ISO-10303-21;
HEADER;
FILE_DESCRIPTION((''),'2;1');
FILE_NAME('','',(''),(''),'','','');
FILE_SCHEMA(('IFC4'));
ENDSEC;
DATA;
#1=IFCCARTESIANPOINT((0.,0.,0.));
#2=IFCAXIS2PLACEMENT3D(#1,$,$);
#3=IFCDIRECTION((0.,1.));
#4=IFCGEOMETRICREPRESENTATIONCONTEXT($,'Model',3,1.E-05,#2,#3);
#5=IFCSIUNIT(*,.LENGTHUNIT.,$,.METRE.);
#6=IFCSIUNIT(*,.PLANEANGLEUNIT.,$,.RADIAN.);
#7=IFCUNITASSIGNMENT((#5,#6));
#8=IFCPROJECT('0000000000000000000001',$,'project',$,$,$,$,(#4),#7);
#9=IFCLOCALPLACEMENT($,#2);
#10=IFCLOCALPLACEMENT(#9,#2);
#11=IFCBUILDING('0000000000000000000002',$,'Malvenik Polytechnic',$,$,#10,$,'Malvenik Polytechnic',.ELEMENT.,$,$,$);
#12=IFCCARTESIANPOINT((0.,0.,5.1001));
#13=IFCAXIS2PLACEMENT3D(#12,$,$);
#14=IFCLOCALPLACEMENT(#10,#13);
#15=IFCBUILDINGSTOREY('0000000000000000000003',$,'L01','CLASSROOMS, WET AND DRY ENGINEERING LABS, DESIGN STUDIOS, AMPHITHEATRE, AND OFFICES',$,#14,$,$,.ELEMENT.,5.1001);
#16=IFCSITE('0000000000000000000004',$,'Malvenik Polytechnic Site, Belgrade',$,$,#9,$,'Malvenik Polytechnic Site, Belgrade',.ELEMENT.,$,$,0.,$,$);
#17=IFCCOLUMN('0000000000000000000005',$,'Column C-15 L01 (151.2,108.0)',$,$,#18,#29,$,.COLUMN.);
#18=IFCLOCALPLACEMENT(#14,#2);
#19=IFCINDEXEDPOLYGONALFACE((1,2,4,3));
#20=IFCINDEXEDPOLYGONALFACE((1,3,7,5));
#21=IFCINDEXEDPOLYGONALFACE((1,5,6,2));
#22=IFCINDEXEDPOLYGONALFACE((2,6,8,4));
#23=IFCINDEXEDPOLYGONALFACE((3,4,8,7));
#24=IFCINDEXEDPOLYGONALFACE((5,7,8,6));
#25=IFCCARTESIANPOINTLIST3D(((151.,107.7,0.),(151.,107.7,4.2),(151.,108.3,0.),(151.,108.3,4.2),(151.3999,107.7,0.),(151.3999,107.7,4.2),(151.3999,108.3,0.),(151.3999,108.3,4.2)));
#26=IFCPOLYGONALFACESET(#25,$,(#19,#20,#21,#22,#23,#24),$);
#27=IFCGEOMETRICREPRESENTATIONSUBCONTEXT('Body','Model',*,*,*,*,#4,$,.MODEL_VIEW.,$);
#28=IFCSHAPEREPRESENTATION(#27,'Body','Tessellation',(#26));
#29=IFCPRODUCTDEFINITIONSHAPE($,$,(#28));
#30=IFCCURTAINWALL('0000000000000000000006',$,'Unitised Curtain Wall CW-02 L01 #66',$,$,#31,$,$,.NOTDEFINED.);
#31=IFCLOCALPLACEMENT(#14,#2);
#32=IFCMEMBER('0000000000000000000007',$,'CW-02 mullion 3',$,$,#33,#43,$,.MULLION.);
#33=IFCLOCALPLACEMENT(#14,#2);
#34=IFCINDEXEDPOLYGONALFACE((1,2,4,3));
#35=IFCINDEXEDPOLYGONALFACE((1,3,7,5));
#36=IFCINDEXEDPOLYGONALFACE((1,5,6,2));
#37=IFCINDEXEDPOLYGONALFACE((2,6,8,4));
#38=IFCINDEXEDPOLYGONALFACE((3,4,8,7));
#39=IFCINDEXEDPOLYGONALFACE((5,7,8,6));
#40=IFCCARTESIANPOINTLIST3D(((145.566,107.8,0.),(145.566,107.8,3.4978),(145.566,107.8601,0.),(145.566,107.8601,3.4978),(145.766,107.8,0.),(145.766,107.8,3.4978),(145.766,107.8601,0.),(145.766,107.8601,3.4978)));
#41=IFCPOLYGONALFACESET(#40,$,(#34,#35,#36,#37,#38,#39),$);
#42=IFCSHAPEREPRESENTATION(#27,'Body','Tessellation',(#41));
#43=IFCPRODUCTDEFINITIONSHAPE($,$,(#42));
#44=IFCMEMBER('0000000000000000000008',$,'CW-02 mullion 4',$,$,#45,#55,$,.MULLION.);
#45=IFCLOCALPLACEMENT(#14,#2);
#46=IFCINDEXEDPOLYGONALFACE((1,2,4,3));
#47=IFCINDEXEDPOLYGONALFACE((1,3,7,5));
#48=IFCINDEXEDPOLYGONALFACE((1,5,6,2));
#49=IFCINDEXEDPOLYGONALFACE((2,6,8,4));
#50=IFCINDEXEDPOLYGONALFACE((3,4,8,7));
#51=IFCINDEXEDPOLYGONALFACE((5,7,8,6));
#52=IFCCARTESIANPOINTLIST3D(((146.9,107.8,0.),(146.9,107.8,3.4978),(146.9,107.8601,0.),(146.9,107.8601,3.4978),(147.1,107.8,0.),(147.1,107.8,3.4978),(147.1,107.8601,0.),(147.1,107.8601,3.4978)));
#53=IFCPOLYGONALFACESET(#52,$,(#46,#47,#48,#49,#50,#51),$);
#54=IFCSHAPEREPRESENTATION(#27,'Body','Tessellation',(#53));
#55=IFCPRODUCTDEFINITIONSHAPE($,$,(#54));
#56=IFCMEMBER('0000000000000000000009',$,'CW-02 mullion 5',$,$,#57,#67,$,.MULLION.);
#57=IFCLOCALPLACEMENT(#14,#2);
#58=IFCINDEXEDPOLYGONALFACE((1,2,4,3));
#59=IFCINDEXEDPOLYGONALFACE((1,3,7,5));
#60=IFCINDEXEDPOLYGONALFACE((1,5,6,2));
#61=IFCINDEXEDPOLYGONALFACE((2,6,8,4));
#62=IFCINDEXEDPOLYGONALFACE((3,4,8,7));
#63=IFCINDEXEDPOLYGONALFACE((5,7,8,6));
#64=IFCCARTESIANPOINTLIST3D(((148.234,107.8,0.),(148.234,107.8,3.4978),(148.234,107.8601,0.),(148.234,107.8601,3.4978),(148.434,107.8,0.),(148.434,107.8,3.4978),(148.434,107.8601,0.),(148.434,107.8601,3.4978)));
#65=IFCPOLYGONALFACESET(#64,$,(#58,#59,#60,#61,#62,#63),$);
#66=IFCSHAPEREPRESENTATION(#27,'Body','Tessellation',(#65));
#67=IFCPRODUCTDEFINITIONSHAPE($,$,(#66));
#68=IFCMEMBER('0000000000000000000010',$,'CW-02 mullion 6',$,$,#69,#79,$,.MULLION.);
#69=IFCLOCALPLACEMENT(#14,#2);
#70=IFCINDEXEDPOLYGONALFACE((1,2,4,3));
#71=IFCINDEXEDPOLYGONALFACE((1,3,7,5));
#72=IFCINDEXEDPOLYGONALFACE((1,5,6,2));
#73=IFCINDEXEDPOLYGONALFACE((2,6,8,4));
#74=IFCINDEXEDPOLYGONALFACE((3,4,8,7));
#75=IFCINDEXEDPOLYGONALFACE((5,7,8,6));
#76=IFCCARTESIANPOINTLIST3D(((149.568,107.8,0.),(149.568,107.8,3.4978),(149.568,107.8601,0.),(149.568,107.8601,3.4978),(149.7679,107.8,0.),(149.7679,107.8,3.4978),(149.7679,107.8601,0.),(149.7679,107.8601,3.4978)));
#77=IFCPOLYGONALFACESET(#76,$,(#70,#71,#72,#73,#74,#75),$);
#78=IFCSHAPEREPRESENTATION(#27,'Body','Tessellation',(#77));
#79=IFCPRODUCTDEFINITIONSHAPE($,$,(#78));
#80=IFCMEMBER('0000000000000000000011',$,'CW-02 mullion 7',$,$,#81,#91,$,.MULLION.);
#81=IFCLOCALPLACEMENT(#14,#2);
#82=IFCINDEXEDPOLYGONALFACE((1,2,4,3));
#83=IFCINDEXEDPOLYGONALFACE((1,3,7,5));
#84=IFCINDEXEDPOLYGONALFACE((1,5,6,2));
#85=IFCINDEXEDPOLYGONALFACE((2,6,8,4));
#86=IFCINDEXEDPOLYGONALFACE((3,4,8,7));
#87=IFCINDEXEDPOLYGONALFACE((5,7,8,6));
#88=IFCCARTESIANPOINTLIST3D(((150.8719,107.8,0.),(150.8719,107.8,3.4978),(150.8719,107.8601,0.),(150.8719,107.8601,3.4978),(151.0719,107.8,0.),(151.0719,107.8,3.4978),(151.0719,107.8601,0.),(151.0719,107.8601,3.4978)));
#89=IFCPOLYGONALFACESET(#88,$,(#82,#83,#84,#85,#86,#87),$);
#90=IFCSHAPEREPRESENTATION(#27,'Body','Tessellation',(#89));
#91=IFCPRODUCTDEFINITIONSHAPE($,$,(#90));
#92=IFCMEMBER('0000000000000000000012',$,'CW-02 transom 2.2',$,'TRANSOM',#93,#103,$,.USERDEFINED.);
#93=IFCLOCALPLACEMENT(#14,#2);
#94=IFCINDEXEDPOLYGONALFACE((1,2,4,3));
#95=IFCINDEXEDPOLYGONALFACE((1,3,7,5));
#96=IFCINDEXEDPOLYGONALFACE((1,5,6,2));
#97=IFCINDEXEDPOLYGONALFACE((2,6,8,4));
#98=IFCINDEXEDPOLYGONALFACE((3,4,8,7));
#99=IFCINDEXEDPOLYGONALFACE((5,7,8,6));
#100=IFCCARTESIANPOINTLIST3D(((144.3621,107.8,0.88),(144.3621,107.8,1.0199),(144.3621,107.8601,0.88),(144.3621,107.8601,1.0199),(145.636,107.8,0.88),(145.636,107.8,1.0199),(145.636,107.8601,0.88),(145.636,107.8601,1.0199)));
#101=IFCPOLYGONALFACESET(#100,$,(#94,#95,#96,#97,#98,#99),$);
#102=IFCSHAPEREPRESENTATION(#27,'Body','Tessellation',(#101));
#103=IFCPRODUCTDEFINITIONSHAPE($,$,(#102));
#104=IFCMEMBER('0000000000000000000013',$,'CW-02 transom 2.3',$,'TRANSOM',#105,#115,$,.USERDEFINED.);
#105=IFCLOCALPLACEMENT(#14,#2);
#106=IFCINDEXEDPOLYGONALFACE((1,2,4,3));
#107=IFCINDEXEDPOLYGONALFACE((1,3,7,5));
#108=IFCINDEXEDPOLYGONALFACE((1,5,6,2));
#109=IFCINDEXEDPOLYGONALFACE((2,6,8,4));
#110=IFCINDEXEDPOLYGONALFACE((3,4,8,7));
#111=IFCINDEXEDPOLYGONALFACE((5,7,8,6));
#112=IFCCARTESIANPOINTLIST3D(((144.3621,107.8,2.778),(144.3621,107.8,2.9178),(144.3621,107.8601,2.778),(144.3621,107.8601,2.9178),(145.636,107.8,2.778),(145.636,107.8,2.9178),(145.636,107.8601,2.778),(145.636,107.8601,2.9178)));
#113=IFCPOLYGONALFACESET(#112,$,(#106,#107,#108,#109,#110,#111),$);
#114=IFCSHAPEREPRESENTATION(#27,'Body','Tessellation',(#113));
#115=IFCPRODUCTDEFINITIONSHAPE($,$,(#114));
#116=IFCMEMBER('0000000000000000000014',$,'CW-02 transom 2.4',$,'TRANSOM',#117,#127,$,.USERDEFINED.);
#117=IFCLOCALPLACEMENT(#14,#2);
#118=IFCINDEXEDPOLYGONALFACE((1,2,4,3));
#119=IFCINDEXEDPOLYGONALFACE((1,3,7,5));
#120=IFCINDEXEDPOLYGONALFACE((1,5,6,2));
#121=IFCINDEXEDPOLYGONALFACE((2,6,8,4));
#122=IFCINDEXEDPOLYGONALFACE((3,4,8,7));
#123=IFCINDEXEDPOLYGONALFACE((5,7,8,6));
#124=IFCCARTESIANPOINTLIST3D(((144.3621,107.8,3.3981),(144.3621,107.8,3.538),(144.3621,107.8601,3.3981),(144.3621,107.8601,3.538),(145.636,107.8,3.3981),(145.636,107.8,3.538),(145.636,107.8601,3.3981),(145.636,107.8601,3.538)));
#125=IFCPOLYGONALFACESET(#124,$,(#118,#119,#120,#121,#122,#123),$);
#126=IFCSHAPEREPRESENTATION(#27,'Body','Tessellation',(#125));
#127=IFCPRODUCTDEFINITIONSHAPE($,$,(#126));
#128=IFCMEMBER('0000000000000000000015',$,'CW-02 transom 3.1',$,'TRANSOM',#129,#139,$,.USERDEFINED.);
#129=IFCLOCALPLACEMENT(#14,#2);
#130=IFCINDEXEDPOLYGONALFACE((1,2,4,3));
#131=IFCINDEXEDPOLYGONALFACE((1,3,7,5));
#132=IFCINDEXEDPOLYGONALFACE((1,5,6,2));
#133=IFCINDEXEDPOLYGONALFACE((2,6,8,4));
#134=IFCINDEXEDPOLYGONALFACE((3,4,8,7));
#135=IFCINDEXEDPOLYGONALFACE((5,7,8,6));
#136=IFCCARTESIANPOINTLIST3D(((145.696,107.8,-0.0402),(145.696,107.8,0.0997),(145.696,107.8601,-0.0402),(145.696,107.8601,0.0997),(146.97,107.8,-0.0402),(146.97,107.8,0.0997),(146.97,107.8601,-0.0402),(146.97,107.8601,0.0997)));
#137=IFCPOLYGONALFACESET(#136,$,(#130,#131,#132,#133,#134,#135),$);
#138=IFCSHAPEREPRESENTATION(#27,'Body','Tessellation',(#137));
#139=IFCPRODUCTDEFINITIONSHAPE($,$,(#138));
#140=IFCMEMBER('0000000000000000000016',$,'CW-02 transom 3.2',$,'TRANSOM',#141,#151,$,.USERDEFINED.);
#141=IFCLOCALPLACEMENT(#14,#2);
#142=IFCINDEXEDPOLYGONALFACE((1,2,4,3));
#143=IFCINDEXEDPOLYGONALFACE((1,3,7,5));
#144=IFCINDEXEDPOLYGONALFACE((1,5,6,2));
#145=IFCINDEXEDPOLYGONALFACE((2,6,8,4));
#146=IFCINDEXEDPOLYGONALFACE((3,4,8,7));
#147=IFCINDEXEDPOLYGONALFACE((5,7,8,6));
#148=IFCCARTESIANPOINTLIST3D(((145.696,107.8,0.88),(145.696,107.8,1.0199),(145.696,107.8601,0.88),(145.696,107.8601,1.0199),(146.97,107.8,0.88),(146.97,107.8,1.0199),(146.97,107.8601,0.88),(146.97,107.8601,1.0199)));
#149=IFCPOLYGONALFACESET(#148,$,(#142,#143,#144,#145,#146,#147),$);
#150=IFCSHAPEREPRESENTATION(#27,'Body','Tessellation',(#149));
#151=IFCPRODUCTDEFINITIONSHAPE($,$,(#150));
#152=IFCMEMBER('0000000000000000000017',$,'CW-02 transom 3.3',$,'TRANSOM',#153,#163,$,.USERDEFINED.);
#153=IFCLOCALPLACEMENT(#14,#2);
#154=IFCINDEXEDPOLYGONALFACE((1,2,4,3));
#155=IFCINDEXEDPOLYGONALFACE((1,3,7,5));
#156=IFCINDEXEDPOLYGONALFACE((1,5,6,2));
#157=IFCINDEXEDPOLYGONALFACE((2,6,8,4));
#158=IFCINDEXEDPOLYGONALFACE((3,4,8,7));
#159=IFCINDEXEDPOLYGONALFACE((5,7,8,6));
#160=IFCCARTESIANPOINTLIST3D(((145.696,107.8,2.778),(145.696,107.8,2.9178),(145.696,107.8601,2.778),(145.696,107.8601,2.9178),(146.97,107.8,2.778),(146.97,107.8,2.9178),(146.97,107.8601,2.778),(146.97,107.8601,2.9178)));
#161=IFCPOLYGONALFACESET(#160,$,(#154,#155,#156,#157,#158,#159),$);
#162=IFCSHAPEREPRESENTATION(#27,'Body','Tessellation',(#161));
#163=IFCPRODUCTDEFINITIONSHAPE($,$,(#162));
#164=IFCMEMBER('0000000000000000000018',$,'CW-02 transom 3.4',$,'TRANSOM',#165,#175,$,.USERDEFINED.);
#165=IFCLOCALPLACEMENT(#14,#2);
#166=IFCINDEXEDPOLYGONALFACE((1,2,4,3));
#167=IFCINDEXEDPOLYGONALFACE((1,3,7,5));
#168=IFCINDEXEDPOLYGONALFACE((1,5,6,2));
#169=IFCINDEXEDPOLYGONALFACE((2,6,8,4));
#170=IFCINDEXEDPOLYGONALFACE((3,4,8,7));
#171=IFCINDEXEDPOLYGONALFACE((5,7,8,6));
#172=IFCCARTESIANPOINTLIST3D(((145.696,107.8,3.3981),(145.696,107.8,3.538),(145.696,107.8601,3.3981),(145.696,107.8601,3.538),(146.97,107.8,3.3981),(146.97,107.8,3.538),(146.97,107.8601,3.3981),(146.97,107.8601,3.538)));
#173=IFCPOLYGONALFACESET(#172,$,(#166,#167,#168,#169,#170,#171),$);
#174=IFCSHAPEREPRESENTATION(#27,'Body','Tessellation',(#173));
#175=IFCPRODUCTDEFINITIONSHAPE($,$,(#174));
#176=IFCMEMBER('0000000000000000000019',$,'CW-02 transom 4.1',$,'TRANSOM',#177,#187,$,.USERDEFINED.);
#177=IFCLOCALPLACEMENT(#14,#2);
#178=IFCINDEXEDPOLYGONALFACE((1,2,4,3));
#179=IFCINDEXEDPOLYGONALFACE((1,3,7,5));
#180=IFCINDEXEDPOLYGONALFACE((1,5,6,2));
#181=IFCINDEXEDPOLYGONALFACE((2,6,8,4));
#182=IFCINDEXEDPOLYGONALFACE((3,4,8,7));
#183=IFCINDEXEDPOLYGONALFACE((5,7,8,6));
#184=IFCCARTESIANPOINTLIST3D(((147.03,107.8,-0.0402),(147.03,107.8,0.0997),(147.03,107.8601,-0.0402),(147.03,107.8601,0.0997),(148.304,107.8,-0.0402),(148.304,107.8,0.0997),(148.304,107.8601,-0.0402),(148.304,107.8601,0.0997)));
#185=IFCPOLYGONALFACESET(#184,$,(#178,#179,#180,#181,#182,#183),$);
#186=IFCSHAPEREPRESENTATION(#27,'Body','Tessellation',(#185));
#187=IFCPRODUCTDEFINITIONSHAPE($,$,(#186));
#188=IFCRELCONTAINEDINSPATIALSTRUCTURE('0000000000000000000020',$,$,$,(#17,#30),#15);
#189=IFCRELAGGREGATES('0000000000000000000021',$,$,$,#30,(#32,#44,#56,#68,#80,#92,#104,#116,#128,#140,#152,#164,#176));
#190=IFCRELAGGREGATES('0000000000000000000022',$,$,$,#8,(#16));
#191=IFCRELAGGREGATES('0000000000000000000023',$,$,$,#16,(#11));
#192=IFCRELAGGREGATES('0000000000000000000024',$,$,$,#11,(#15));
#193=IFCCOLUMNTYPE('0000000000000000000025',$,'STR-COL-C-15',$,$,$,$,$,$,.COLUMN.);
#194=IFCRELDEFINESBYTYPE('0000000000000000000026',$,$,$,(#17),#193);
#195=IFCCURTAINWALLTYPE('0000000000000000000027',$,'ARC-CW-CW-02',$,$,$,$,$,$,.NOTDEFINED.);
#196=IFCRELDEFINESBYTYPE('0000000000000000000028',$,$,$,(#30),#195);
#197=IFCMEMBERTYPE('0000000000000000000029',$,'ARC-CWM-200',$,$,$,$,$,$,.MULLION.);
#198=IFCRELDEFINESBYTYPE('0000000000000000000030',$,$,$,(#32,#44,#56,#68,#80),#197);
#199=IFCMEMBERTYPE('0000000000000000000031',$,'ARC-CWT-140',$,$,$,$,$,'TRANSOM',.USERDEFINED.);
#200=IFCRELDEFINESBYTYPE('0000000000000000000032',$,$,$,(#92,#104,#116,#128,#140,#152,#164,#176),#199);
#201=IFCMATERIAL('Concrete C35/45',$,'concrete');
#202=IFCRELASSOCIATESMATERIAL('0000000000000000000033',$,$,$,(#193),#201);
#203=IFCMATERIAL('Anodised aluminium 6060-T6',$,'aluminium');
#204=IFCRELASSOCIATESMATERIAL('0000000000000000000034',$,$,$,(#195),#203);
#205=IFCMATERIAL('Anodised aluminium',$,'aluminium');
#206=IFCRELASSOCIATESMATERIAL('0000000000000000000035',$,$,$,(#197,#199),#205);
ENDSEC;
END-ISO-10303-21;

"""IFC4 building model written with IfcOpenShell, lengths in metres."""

from ifc_helpers import new_model, si_unit, direction, frame, origin, origin_2d, place, context, subcontext, project, spatial, rectangle, extrude, material, material_profile, profile_set, type_object, element, aggregate, save


model = new_model("IFC4")

# Units and contexts
model_context = context("Model", 3, precision=1e-05, world=origin(), true_north=direction((0.0, 1.0)))
body_context = subcontext(model_context, "Body", "Model", "MODEL_VIEW")
ifc_project = project(units=[si_unit("LENGTHUNIT", "METRE"), si_unit("PLANEANGLEUNIT", "RADIAN")], contexts=[model_context])

# Site, building, storey
site_placement = place(None, origin())
site = spatial("IfcSite", under=ifc_project, at=site_placement, Name="Malvenik Polytechnic Site, Belgrade", LongName="Malvenik Polytechnic Site, Belgrade", CompositionType="ELEMENT", RefElevation=0.0)
building_placement = place(site_placement, origin())
building = spatial("IfcBuilding", under=site, at=building_placement, Name="Malvenik Polytechnic", LongName="Malvenik Polytechnic", CompositionType="ELEMENT")
storey_placement = place(building_placement, frame((0.0, 0.0, 5.1001)))
storey = spatial("IfcBuildingStorey", under=building, at=storey_placement, Name="L01", Description="CLASSROOMS, WET AND DRY ENGINEERING LABS, DESIGN STUDIOS, AMPHITHEATRE, AND OFFICES", CompositionType="ELEMENT", Elevation=5.1001)

# Column
ifc_material_1 = material(Name="Concrete C35/45", Category="concrete")
ifc_material_profile_1 = material_profile(ifc_material_1, rectangle(XDim=0.3999, YDim=0.6001, at=origin_2d()), Name="RC COL 600x400")
ifc_profile_set_1 = profile_set([ifc_material_profile_1], Name="Concrete C35/45")
column_type = type_object("IfcColumnType", Name="STR-COL-C-15", PredefinedType="COLUMN", material=ifc_profile_set_1)
column_placement = place(storey_placement, frame((151.2, 108.0, 0.0), z_axis=(0.0, 0.0, 1.0), x_axis=(1.0, 0.0, 0.0)))
element("IfcColumn", 1, at=column_placement, inside=storey, type_object=column_type, Name="Column C-15 L01 (151.2,108.0)", PredefinedType="COLUMN", context=body_context, shape_type="SweptSolid", body=[
    extrude(rectangle(XDim=0.3999, YDim=0.6001, at=origin_2d()), origin(), (0.0, 0.0, 1.0), 4.2),
])

# Curtain wall, members
ifc_material_2 = material(Name="Anodised aluminium 6060-T6", Category="aluminium")
curtain_wall_type = type_object("IfcCurtainWallType", Name="ARC-CW-CW-02", PredefinedType="NOTDEFINED", material=ifc_material_2)
curtain_wall_placement = place(storey_placement, origin())
curtain_wall = element("IfcCurtainWall", 2, at=curtain_wall_placement, inside=storey, type_object=curtain_wall_type, Name="Unitised Curtain Wall CW-02 L01 #66", PredefinedType="NOTDEFINED")
ifc_material_3 = material(Name="Anodised aluminium", Category="aluminium")
ifc_material_profile_2 = material_profile(ifc_material_3, rectangle(XDim=0.0601, YDim=0.2, at=origin_2d()), Name="ALU MULLION 60x200")
ifc_profile_set_2 = profile_set([ifc_material_profile_2], Name="Anodised aluminium")
member_type_1 = type_object("IfcMemberType", Name="ARC-CWM-200", PredefinedType="MULLION", material=ifc_profile_set_2)
member_1_placement = place(storey_placement, frame((145.666, 107.8301, 0.0), z_axis=(0.0, 0.0, 1.0), x_axis=(0.0, 1.0, 0.0)))
member_1 = element("IfcMember", 3, at=member_1_placement, type_object=member_type_1, Name="CW-02 mullion 3", PredefinedType="MULLION", context=body_context, shape_type="SweptSolid", body=[
    extrude(rectangle(XDim=0.0601, YDim=0.2, at=origin_2d()), origin(), (0.0, 0.0, 1.0), 3.4978),
])
member_2_placement = place(storey_placement, frame((147.0, 107.8301, 0.0), z_axis=(0.0, 0.0, 1.0), x_axis=(0.0, 1.0, 0.0)))
member_2 = element("IfcMember", 4, at=member_2_placement, type_object=member_type_1, Name="CW-02 mullion 4", PredefinedType="MULLION", context=body_context, shape_type="SweptSolid", body=[
    extrude(rectangle(XDim=0.0601, YDim=0.2, at=origin_2d()), origin(), (0.0, 0.0, 1.0), 3.4978),
])
member_3_placement = place(storey_placement, frame((148.334, 107.8301, 0.0), z_axis=(0.0, 0.0, 1.0), x_axis=(0.0, 1.0, 0.0)))
member_3 = element("IfcMember", 5, at=member_3_placement, type_object=member_type_1, Name="CW-02 mullion 5", PredefinedType="MULLION", context=body_context, shape_type="SweptSolid", body=[
    extrude(rectangle(XDim=0.0601, YDim=0.2, at=origin_2d()), origin(), (0.0, 0.0, 1.0), 3.4978),
])
member_4_placement = place(storey_placement, frame((149.668, 107.8301, 0.0), z_axis=(0.0, 0.0, 1.0), x_axis=(0.0, 1.0, 0.0)))
member_4 = element("IfcMember", 6, at=member_4_placement, type_object=member_type_1, Name="CW-02 mullion 6", PredefinedType="MULLION", context=body_context, shape_type="SweptSolid", body=[
    extrude(rectangle(XDim=0.0601, YDim=0.2, at=origin_2d()), origin(), (0.0, 0.0, 1.0), 3.4978),
])
member_5_placement = place(storey_placement, frame((150.9719, 107.8301, 0.0), z_axis=(0.0, 0.0, 1.0), x_axis=(0.0, 1.0, 0.0)))
member_5 = element("IfcMember", 7, at=member_5_placement, type_object=member_type_1, Name="CW-02 mullion 7", PredefinedType="MULLION", context=body_context, shape_type="SweptSolid", body=[
    extrude(rectangle(XDim=0.0601, YDim=0.2, at=origin_2d()), origin(), (0.0, 0.0, 1.0), 3.4978),
])
ifc_material_profile_3 = material_profile(ifc_material_3, rectangle(XDim=0.0601, YDim=0.1399, at=origin_2d()), Name="ALU TRANSOM 60x140")
ifc_profile_set_3 = profile_set([ifc_material_profile_3], Name="Anodised aluminium")
member_type_2 = type_object("IfcMemberType", Name="ARC-CWT-140", ElementType="TRANSOM", PredefinedType="USERDEFINED", material=ifc_profile_set_3)
member_6_placement = place(storey_placement, frame((144.3621, 107.8301, 0.95), z_axis=(1.0, 0.0, 0.0), x_axis=(0.0, 1.0, 0.0)))
member_6 = element("IfcMember", 8, at=member_6_placement, type_object=member_type_2, Name="CW-02 transom 2.2", ObjectType="TRANSOM", PredefinedType="USERDEFINED", context=body_context, shape_type="SweptSolid", body=[
    extrude(rectangle(XDim=0.0601, YDim=0.1399, at=origin_2d()), origin(), (0.0, 0.0, 1.0), 1.2739),
])
member_7_placement = place(storey_placement, frame((144.3621, 107.8301, 2.8479), z_axis=(1.0, 0.0, 0.0), x_axis=(0.0, 1.0, 0.0)))
member_7 = element("IfcMember", 9, at=member_7_placement, type_object=member_type_2, Name="CW-02 transom 2.3", ObjectType="TRANSOM", PredefinedType="USERDEFINED", context=body_context, shape_type="SweptSolid", body=[
    extrude(rectangle(XDim=0.0601, YDim=0.1399, at=origin_2d()), origin(), (0.0, 0.0, 1.0), 1.2739),
])
member_8_placement = place(storey_placement, frame((144.3621, 107.8301, 3.468), z_axis=(1.0, 0.0, 0.0), x_axis=(0.0, 1.0, 0.0)))
member_8 = element("IfcMember", 10, at=member_8_placement, type_object=member_type_2, Name="CW-02 transom 2.4", ObjectType="TRANSOM", PredefinedType="USERDEFINED", context=body_context, shape_type="SweptSolid", body=[
    extrude(rectangle(XDim=0.0601, YDim=0.1399, at=origin_2d()), origin(), (0.0, 0.0, 1.0), 1.2739),
])
member_9_placement = place(storey_placement, frame((145.696, 107.8301, 0.0298), z_axis=(1.0, 0.0, 0.0), x_axis=(0.0, 1.0, 0.0)))
member_9 = element("IfcMember", 11, at=member_9_placement, type_object=member_type_2, Name="CW-02 transom 3.1", ObjectType="TRANSOM", PredefinedType="USERDEFINED", context=body_context, shape_type="SweptSolid", body=[
    extrude(rectangle(XDim=0.0601, YDim=0.1399, at=origin_2d()), origin(), (0.0, 0.0, 1.0), 1.2739),
])
member_10_placement = place(storey_placement, frame((145.696, 107.8301, 0.95), z_axis=(1.0, 0.0, 0.0), x_axis=(0.0, 1.0, 0.0)))
member_10 = element("IfcMember", 12, at=member_10_placement, type_object=member_type_2, Name="CW-02 transom 3.2", ObjectType="TRANSOM", PredefinedType="USERDEFINED", context=body_context, shape_type="SweptSolid", body=[
    extrude(rectangle(XDim=0.0601, YDim=0.1399, at=origin_2d()), origin(), (0.0, 0.0, 1.0), 1.2739),
])
member_11_placement = place(storey_placement, frame((145.696, 107.8301, 2.8479), z_axis=(1.0, 0.0, 0.0), x_axis=(0.0, 1.0, 0.0)))
member_11 = element("IfcMember", 13, at=member_11_placement, type_object=member_type_2, Name="CW-02 transom 3.3", ObjectType="TRANSOM", PredefinedType="USERDEFINED", context=body_context, shape_type="SweptSolid", body=[
    extrude(rectangle(XDim=0.0601, YDim=0.1399, at=origin_2d()), origin(), (0.0, 0.0, 1.0), 1.2739),
])
member_12_placement = place(storey_placement, frame((145.696, 107.8301, 3.468), z_axis=(1.0, 0.0, 0.0), x_axis=(0.0, 1.0, 0.0)))
member_12 = element("IfcMember", 14, at=member_12_placement, type_object=member_type_2, Name="CW-02 transom 3.4", ObjectType="TRANSOM", PredefinedType="USERDEFINED", context=body_context, shape_type="SweptSolid", body=[
    extrude(rectangle(XDim=0.0601, YDim=0.1399, at=origin_2d()), origin(), (0.0, 0.0, 1.0), 1.2739),
])
member_13_placement = place(storey_placement, frame((147.03, 107.8301, 0.0298), z_axis=(1.0, 0.0, 0.0), x_axis=(0.0, 1.0, 0.0)))
member_13 = element("IfcMember", 15, at=member_13_placement, type_object=member_type_2, Name="CW-02 transom 4.1", ObjectType="TRANSOM", PredefinedType="USERDEFINED", context=body_context, shape_type="SweptSolid", body=[
    extrude(rectangle(XDim=0.0601, YDim=0.1399, at=origin_2d()), origin(), (0.0, 0.0, 1.0), 1.2739),
])
aggregate(curtain_wall, [member_1, member_2, member_3, member_4, member_5, member_6, member_7, member_8, member_9, member_10, member_11, member_12, member_13])

save(model, "model.ifc")
